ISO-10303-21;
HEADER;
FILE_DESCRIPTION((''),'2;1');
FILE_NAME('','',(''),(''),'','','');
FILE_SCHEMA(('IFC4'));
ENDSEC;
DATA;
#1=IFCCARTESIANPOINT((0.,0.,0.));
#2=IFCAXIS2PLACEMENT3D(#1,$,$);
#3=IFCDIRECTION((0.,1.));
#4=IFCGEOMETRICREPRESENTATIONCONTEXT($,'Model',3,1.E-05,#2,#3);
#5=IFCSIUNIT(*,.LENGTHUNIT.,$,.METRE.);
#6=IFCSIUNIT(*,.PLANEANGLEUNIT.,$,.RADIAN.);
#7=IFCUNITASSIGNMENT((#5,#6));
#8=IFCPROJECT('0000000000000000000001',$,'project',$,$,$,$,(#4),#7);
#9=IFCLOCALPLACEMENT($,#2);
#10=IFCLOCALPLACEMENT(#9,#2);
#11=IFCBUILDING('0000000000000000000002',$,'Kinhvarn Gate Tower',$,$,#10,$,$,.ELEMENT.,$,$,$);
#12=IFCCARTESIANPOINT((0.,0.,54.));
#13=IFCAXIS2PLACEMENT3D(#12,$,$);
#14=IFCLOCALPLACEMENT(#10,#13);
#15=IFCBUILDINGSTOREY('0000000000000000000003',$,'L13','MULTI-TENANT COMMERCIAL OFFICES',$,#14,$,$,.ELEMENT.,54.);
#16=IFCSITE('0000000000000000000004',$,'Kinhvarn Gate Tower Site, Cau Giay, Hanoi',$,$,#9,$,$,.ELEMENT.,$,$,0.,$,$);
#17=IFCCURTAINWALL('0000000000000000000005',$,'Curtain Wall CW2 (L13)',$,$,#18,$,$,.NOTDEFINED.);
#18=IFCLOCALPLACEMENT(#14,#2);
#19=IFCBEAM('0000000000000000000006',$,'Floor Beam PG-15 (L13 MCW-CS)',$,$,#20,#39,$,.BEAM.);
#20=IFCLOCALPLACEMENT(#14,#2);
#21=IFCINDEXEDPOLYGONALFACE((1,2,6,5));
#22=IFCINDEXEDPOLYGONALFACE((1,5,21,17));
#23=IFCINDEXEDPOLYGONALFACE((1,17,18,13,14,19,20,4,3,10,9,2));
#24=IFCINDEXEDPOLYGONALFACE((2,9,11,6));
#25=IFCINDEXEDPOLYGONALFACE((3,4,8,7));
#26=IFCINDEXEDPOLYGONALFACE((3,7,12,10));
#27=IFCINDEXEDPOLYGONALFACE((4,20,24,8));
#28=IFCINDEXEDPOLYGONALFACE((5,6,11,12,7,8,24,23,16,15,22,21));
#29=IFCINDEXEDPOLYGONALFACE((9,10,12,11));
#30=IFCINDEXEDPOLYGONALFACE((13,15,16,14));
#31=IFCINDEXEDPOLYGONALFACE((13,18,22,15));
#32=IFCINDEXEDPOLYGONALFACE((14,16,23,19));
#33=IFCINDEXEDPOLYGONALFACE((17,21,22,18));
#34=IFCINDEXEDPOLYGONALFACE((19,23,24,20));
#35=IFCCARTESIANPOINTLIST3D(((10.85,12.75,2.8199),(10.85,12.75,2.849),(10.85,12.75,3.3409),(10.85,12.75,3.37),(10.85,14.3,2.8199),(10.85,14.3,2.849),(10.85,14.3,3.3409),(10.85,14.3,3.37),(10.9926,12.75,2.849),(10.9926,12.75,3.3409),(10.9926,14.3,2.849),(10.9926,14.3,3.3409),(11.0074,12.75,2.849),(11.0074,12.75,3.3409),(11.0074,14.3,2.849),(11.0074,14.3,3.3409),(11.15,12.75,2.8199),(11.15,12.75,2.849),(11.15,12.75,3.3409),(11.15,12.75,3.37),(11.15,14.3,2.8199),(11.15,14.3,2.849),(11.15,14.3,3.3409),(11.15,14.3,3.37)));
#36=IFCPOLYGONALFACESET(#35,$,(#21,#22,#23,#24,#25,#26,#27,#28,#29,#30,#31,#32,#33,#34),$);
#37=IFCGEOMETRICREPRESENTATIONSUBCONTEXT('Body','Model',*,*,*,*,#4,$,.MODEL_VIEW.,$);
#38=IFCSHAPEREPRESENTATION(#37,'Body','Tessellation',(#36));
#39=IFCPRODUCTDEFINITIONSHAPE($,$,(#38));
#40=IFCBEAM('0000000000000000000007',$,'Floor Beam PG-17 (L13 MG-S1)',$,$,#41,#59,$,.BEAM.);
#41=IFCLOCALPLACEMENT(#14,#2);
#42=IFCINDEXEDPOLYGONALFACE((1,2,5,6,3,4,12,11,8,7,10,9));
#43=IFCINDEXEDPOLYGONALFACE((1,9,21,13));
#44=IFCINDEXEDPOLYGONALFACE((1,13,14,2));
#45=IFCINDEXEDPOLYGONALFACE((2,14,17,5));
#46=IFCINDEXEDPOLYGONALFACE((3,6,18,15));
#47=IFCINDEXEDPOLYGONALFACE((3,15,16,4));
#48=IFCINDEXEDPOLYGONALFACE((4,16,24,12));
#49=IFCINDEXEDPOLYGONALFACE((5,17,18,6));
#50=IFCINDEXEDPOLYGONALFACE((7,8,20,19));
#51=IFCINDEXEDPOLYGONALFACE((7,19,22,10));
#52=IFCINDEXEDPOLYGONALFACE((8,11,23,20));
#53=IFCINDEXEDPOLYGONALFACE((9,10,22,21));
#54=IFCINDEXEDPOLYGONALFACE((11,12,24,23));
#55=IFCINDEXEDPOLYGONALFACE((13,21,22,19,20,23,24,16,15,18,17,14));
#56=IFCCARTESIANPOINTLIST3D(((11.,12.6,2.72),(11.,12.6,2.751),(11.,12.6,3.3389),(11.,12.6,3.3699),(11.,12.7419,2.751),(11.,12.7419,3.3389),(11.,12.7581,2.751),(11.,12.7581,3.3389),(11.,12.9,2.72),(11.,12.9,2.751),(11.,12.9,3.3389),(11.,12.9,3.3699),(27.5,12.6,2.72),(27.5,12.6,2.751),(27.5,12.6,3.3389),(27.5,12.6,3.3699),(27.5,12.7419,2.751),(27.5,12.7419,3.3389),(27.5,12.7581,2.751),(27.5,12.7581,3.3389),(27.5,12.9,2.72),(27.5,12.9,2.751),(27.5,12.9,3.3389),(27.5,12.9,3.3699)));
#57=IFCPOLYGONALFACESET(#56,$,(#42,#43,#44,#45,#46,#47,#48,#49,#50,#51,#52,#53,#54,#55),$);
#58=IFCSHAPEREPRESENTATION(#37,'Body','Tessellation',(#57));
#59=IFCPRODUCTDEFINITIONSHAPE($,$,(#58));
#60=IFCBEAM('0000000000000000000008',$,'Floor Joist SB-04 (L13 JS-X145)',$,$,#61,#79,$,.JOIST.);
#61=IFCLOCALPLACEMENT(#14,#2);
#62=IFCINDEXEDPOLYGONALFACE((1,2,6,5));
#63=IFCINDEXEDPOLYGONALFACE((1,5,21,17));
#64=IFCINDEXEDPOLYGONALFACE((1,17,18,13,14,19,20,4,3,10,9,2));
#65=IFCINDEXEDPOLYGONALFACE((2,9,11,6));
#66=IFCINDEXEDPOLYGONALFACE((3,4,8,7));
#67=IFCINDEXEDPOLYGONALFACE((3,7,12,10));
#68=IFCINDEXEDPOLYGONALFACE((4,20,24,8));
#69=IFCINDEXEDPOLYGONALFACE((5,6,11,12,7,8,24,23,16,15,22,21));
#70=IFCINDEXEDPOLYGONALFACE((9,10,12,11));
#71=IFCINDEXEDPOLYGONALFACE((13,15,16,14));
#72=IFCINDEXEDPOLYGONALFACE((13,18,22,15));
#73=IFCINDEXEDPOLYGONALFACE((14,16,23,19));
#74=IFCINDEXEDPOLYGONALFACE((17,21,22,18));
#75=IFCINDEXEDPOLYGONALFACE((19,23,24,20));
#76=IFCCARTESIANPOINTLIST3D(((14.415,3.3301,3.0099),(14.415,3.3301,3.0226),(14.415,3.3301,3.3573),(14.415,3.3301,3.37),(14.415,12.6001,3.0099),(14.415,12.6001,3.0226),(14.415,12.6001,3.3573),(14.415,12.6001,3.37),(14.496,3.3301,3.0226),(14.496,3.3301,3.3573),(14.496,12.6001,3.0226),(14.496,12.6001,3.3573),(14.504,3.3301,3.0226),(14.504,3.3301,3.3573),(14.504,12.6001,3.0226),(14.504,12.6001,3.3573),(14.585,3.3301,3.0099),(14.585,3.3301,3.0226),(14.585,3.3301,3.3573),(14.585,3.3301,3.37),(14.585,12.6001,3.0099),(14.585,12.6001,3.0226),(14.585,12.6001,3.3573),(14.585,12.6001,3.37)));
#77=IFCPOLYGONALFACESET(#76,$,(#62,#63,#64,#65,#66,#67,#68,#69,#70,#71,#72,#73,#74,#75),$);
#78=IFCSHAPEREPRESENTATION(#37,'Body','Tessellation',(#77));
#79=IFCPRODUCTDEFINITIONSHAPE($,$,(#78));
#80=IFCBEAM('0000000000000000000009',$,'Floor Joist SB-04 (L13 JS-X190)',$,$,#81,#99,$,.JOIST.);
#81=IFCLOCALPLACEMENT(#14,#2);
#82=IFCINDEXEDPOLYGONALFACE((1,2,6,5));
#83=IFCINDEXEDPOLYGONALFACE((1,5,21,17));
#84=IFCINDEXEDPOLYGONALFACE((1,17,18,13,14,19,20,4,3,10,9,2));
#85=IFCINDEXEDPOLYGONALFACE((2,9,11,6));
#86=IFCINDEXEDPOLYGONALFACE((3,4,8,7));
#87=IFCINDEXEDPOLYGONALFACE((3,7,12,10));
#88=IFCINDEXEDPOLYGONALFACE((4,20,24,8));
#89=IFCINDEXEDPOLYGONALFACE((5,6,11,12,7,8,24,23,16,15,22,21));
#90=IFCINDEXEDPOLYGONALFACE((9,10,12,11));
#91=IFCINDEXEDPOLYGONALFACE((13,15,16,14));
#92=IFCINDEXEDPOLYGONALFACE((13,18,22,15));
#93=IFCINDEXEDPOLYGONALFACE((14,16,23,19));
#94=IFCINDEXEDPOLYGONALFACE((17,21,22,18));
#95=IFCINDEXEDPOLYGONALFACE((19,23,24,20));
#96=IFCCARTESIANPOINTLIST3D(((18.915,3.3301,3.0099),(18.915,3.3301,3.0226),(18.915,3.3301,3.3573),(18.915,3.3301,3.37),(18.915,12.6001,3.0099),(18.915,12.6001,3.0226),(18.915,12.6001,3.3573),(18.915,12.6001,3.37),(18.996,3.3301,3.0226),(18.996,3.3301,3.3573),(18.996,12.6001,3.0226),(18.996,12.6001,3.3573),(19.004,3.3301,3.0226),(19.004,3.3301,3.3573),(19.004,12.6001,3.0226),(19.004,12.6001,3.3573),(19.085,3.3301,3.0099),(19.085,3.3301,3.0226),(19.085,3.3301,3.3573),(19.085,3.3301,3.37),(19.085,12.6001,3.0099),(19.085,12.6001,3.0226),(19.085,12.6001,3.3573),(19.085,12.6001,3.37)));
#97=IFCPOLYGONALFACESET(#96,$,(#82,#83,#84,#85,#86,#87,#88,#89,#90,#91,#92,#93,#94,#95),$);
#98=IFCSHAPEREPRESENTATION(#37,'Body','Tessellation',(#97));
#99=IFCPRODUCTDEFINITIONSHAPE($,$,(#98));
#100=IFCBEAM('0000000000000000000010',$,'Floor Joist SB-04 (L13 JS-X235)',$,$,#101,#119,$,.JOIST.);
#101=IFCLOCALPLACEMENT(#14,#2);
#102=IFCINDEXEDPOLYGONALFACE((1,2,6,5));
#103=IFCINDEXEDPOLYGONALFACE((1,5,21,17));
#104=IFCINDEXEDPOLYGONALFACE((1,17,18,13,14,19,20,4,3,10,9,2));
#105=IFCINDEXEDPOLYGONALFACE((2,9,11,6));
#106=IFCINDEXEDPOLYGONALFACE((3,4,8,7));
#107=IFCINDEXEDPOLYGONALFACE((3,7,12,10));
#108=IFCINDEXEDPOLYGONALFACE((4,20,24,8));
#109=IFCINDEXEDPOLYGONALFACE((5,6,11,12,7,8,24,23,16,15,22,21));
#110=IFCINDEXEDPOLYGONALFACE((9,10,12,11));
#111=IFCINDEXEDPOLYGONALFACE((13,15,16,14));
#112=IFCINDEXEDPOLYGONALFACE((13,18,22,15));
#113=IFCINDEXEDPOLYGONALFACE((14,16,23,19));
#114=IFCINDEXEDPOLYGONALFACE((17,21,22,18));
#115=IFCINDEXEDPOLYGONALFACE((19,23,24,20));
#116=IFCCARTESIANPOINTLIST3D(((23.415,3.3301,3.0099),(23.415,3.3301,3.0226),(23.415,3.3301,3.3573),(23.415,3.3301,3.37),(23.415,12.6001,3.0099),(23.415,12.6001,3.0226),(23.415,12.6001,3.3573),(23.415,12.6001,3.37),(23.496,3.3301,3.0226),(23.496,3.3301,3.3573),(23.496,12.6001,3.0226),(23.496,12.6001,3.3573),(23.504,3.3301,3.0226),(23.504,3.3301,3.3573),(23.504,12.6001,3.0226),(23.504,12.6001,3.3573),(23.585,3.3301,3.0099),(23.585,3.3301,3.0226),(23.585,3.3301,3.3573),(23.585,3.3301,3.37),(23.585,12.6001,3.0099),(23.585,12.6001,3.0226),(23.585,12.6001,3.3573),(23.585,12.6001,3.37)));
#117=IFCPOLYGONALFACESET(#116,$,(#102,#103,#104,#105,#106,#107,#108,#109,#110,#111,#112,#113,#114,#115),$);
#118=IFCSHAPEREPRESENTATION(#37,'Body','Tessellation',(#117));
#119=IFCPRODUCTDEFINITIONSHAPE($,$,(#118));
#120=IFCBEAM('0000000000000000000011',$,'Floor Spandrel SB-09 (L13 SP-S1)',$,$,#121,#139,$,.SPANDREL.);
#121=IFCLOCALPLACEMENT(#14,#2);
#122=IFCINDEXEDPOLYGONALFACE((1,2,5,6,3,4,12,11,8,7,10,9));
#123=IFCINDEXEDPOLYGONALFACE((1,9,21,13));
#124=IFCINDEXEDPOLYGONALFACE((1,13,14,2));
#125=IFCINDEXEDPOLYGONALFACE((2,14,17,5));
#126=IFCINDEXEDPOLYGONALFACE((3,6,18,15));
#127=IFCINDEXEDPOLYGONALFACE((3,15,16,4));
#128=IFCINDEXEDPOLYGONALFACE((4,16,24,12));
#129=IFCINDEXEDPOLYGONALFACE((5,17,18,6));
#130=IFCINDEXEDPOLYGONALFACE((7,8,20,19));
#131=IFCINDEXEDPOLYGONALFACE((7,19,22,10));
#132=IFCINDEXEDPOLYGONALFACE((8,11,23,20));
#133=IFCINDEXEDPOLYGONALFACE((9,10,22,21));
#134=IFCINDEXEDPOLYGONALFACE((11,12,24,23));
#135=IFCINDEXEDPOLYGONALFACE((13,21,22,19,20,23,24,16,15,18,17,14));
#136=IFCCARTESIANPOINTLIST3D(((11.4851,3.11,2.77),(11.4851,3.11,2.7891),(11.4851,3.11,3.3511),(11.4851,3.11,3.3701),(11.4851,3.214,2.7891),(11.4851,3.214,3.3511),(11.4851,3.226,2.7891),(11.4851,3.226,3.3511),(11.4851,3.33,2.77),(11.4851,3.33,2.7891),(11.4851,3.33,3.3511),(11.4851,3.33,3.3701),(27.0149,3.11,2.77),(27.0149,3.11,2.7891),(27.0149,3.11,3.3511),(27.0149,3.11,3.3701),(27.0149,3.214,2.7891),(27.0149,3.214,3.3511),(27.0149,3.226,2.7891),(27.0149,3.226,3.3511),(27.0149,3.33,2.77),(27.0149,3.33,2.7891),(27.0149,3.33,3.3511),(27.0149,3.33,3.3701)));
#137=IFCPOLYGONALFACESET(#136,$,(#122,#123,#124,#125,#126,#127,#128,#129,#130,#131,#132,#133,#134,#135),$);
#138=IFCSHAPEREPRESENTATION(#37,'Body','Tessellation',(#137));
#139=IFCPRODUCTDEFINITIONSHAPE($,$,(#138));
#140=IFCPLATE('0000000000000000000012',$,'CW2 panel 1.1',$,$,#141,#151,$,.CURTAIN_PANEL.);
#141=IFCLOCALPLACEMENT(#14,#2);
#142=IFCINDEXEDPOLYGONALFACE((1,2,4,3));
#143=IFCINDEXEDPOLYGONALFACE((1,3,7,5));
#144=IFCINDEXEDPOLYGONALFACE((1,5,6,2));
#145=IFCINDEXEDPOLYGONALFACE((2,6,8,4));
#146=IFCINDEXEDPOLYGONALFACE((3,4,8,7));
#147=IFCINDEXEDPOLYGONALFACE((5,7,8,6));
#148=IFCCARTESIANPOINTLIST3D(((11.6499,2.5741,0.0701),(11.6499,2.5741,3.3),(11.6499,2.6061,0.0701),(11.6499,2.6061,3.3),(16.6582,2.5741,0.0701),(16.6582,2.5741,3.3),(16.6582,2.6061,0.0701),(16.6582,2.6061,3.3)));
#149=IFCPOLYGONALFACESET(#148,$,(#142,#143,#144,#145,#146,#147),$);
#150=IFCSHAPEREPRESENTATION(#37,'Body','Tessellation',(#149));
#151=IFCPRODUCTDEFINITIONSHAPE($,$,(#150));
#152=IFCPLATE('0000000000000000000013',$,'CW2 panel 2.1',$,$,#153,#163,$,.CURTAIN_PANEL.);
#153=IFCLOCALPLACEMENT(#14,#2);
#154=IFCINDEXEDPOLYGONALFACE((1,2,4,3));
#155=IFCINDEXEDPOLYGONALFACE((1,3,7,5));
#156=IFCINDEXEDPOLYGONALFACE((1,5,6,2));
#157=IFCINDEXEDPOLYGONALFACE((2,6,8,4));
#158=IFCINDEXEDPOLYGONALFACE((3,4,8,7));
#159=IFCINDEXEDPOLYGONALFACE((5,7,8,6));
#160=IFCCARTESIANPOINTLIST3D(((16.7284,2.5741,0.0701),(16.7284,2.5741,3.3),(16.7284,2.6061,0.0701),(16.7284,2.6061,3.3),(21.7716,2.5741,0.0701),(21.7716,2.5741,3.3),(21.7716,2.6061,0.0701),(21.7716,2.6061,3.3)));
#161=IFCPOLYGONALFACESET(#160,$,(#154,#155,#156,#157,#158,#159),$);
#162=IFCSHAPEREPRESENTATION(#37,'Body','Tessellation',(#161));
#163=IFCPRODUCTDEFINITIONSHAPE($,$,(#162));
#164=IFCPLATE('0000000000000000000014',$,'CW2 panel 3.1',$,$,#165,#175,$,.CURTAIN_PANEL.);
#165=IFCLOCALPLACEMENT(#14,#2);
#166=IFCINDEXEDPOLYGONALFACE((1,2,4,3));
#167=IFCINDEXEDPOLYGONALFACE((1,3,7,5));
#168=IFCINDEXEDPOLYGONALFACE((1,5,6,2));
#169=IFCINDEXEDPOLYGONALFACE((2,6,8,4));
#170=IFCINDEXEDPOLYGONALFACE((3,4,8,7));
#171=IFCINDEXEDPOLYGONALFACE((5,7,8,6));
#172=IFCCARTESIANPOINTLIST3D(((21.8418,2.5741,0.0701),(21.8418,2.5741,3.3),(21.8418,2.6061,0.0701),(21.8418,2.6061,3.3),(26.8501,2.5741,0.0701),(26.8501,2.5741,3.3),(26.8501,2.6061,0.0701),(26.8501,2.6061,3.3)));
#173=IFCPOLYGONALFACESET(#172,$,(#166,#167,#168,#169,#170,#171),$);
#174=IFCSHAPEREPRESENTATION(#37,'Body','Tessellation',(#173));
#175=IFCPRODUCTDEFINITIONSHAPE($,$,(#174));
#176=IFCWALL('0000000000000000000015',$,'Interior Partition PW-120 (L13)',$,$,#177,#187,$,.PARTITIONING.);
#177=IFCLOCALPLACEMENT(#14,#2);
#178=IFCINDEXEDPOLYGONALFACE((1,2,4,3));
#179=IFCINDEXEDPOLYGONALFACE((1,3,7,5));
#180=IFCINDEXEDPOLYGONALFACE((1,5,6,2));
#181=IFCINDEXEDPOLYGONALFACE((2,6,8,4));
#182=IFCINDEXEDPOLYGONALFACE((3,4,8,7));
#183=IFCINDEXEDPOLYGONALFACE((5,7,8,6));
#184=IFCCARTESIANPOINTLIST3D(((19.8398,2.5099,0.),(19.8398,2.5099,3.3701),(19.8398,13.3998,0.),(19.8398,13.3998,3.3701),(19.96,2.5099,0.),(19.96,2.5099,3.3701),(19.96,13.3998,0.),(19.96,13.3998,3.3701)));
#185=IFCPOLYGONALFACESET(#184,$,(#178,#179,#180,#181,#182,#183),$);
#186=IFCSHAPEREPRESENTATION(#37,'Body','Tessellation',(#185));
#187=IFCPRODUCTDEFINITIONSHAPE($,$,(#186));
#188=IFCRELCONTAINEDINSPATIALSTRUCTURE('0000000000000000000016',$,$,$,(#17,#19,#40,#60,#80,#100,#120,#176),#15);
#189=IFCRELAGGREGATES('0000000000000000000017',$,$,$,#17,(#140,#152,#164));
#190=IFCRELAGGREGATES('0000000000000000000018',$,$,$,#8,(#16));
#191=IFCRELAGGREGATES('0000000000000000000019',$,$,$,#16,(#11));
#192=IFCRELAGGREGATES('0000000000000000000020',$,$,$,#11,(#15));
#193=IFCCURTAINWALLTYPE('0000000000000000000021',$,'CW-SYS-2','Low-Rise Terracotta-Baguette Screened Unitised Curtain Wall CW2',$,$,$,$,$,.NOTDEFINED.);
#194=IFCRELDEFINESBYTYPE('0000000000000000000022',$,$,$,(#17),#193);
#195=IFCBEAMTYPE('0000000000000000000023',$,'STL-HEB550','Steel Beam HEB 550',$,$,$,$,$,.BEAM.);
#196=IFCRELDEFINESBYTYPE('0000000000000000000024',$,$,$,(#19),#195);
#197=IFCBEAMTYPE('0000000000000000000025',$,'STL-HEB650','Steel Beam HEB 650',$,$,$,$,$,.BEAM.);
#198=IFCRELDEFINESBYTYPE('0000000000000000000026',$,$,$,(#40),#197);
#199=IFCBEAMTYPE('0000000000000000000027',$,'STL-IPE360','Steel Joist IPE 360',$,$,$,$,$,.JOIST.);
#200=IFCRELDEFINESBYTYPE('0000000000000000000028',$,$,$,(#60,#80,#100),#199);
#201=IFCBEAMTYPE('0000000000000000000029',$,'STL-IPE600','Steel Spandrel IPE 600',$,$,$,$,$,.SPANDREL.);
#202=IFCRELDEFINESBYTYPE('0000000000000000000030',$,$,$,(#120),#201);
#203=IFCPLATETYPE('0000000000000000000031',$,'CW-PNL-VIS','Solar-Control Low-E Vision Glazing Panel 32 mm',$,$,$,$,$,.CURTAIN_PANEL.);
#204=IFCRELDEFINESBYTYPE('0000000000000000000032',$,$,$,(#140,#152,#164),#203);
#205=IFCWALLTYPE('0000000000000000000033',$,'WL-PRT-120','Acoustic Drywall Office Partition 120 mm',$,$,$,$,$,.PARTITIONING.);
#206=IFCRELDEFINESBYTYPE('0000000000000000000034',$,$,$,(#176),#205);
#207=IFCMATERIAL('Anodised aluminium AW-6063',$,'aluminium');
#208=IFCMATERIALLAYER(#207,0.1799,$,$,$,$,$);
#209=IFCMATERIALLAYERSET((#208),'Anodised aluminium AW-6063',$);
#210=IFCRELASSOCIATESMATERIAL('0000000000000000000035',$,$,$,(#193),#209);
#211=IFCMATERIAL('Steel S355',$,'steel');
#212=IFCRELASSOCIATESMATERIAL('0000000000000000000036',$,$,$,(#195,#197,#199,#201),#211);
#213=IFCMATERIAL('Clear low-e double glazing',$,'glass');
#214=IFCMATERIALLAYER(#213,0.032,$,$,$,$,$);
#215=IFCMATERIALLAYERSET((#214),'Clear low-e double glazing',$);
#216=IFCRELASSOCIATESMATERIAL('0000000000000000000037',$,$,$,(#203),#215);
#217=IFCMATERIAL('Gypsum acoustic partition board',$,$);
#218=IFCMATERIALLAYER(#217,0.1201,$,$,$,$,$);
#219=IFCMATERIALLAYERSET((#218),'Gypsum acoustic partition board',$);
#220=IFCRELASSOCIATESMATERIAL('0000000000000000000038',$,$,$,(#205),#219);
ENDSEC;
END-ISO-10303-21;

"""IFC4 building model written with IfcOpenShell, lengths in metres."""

from ifc_helpers import new_model, si_unit, direction, frame, frame_2d, origin, origin_2d, place, context, subcontext, project, spatial, rectangle, i_section, extrude, material, layer, layer_set, material_profile, profile_set, type_object, element, aggregate, save


model = new_model("IFC4")

# Units and contexts
model_context = context("Model", 3, precision=1e-05, world=origin(), true_north=direction((0.0, 1.0)))
body_context = subcontext(model_context, "Body", "Model", "MODEL_VIEW")
ifc_project = project(units=[si_unit("LENGTHUNIT", "METRE"), si_unit("PLANEANGLEUNIT", "RADIAN")], contexts=[model_context])

# Site, building, storey
site_placement = place(None, origin())
site = spatial("IfcSite", under=ifc_project, at=site_placement, Name="Kinhvarn Gate Tower Site, Cau Giay, Hanoi", CompositionType="ELEMENT", RefElevation=0.0)
building_placement = place(site_placement, origin())
building = spatial("IfcBuilding", under=site, at=building_placement, Name="Kinhvarn Gate Tower", CompositionType="ELEMENT")
storey_placement = place(building_placement, frame((0.0, 0.0, 54.0)))
storey = spatial("IfcBuildingStorey", under=building, at=storey_placement, Name="L13", Description="MULTI-TENANT COMMERCIAL OFFICES", CompositionType="ELEMENT", Elevation=54.0)

# Shared definitions
ifc_material_1 = material(Name="Anodised aluminium AW-6063", Category="aluminium")
ifc_layer_1 = layer(ifc_material_1, 0.1799)
ifc_layer_set_1 = layer_set([ifc_layer_1], Name="Anodised aluminium AW-6063")
curtain_wall_type = type_object("IfcCurtainWallType", Name="CW-SYS-2", Description="Low-Rise Terracotta-Baguette Screened Unitised Curtain Wall CW2", PredefinedType="NOTDEFINED", material=ifc_layer_set_1)

# Curtain wall
curtain_wall_1_placement = place(storey_placement, origin())
curtain_wall_1 = element("IfcCurtainWall", 1, at=curtain_wall_1_placement, inside=storey, type_object=curtain_wall_type, Name="Curtain Wall CW2 (L13)", PredefinedType="NOTDEFINED")

# Beams
ifc_material_2 = material(Name="Steel S355", Category="steel")
ifc_material_profile_1 = material_profile(ifc_material_2, i_section(OverallWidth=0.3, OverallDepth=0.55, WebThickness=0.0149, FlangeThickness=0.0291, at=origin_2d()), Name="HEB 550")
ifc_profile_set_1 = profile_set([ifc_material_profile_1], Name="Steel S355")
beam_type_1 = type_object("IfcBeamType", Name="STL-HEB550", Description="Steel Beam HEB 550", PredefinedType="BEAM", material=ifc_profile_set_1)
beam_1_placement = place(storey_placement, frame((11.0, 12.75, 3.095), z_axis=(0.0, 1.0, 0.0), x_axis=(-1.0, 0.0, 0.0)))
element("IfcBeam", 2, at=beam_1_placement, inside=storey, type_object=beam_type_1, Name="Floor Beam PG-15 (L13 MCW-CS)", PredefinedType="BEAM", context=body_context, shape_type="SweptSolid", body=[
    extrude(i_section(OverallWidth=0.3, OverallDepth=0.55, WebThickness=0.0149, FlangeThickness=0.0291, at=origin_2d()), origin(), (0.0, 0.0, 1.0), 1.55),
])
ifc_material_profile_2 = material_profile(ifc_material_2, i_section(OverallWidth=0.3, OverallDepth=0.6499, WebThickness=0.0161, FlangeThickness=0.031, at=origin_2d()), Name="HEB 650")
ifc_profile_set_2 = profile_set([ifc_material_profile_2], Name="Steel S355")
beam_type_2 = type_object("IfcBeamType", Name="STL-HEB650", Description="Steel Beam HEB 650", PredefinedType="BEAM", material=ifc_profile_set_2)
beam_2_placement = place(storey_placement, frame((11.0, 12.75, 3.0449), z_axis=(1.0, 0.0, 0.0), x_axis=(0.0, 1.0, 0.0)))
element("IfcBeam", 3, at=beam_2_placement, inside=storey, type_object=beam_type_2, Name="Floor Beam PG-17 (L13 MG-S1)", PredefinedType="BEAM", context=body_context, shape_type="SweptSolid", body=[
    extrude(i_section(OverallWidth=0.3, OverallDepth=0.6499, WebThickness=0.0161, FlangeThickness=0.031, at=origin_2d()), origin(), (0.0, 0.0, 1.0), 16.5),
])
ifc_material_profile_3 = material_profile(ifc_material_2, i_section(OverallWidth=0.1699, OverallDepth=0.3601, WebThickness=0.0081, FlangeThickness=0.0127, at=origin_2d()), Name="IPE 360")
ifc_profile_set_3 = profile_set([ifc_material_profile_3], Name="Steel S355")
beam_type_3 = type_object("IfcBeamType", Name="STL-IPE360", Description="Steel Joist IPE 360", PredefinedType="JOIST", material=ifc_profile_set_3)
for number, where, z_axis, x_axis, name in (
    (4, (14.5, 3.3301, 3.1899), (0.0, 1.0, 0.0), (-1.0, 0.0, 0.0), "Floor Joist SB-04 (L13 JS-X145)"),
    (5, (19.0, 3.3301, 3.1899), (0.0, 1.0, 0.0), (-1.0, 0.0, 0.0), "Floor Joist SB-04 (L13 JS-X190)"),
    (6, (23.5, 3.3301, 3.1899), (0.0, 1.0, 0.0), (-1.0, 0.0, 0.0), "Floor Joist SB-04 (L13 JS-X235)"),
):
    element("IfcBeam", number, at=place(storey_placement, frame(where, z_axis=z_axis, x_axis=x_axis)), inside=storey, type_object=beam_type_3, Name=name, PredefinedType="JOIST", context=body_context, shape_type="SweptSolid", body=[
        extrude(i_section(OverallWidth=0.1699, OverallDepth=0.3601, WebThickness=0.0081, FlangeThickness=0.0127, at=origin_2d()), origin(), (0.0, 0.0, 1.0), 9.27),
    ])
ifc_material_profile_4 = material_profile(ifc_material_2, i_section(OverallWidth=0.22, OverallDepth=0.6001, WebThickness=0.012, FlangeThickness=0.019, at=origin_2d()), Name="IPE 600")
ifc_profile_set_4 = profile_set([ifc_material_profile_4], Name="Steel S355")
beam_type_4 = type_object("IfcBeamType", Name="STL-IPE600", Description="Steel Spandrel IPE 600", PredefinedType="SPANDREL", material=ifc_profile_set_4)
beam_3_placement = place(storey_placement, frame((11.4851, 3.22, 3.0701), z_axis=(1.0, 0.0, 0.0), x_axis=(0.0, 1.0, 0.0)))
element("IfcBeam", 7, at=beam_3_placement, inside=storey, type_object=beam_type_4, Name="Floor Spandrel SB-09 (L13 SP-S1)", PredefinedType="SPANDREL", context=body_context, shape_type="SweptSolid", body=[
    extrude(i_section(OverallWidth=0.22, OverallDepth=0.6001, WebThickness=0.012, FlangeThickness=0.019, at=origin_2d()), origin(), (0.0, 0.0, 1.0), 15.5298),
])

# Plates
ifc_material_3 = material(Name="Clear low-e double glazing", Category="glass")
ifc_layer_2 = layer(ifc_material_3, 0.032)
ifc_layer_set_2 = layer_set([ifc_layer_2], Name="Clear low-e double glazing")
plate_type = type_object("IfcPlateType", Name="CW-PNL-VIS", Description="Solar-Control Low-E Vision Glazing Panel 32 mm", PredefinedType="CURTAIN_PANEL", material=ifc_layer_set_2)
plate_1_placement = place(storey_placement, frame((14.1541, 2.5901, 0.0701), z_axis=(0.0, 0.0, 1.0), x_axis=(1.0, 0.0, 0.0)))
plate_1 = element("IfcPlate", 8, at=plate_1_placement, type_object=plate_type, Name="CW2 panel 1.1", PredefinedType="CURTAIN_PANEL", context=body_context, shape_type="SweptSolid", body=[
    extrude(rectangle(XDim=5.0083, YDim=0.032, at=origin_2d()), origin(), (0.0, 0.0, 1.0), 3.23),
])
plate_2_placement = place(storey_placement, frame((19.25, 2.5901, 0.0701), z_axis=(0.0, 0.0, 1.0), x_axis=(1.0, 0.0, 0.0)))
plate_2 = element("IfcPlate", 9, at=plate_2_placement, type_object=plate_type, Name="CW2 panel 2.1", PredefinedType="CURTAIN_PANEL", context=body_context, shape_type="SweptSolid", body=[
    extrude(rectangle(XDim=5.0432, YDim=0.032, at=origin_2d()), origin(), (0.0, 0.0, 1.0), 3.23),
])
plate_3_placement = place(storey_placement, frame((24.3459, 2.5901, 0.0701), z_axis=(0.0, 0.0, 1.0), x_axis=(1.0, 0.0, 0.0)))
plate_3 = element("IfcPlate", 10, at=plate_3_placement, type_object=plate_type, Name="CW2 panel 3.1", PredefinedType="CURTAIN_PANEL", context=body_context, shape_type="SweptSolid", body=[
    extrude(rectangle(XDim=5.0083, YDim=0.032, at=origin_2d()), origin(), (0.0, 0.0, 1.0), 3.23),
])
aggregate(curtain_wall_1, [plate_1, plate_2, plate_3])

# Wall
ifc_material_4 = material(Name="Gypsum acoustic partition board")
ifc_layer_3 = layer(ifc_material_4, 0.1201)
ifc_layer_set_3 = layer_set([ifc_layer_3], Name="Gypsum acoustic partition board")
wall_type = type_object("IfcWallType", Name="WL-PRT-120", Description="Acoustic Drywall Office Partition 120 mm", PredefinedType="PARTITIONING", material=ifc_layer_set_3)
wall_placement = place(storey_placement, frame((19.8999, 2.51, 0.0), z_axis=(0.0, 0.0, 1.0), x_axis=(0.0, 1.0, 0.0)))
element("IfcWall", 11, at=wall_placement, inside=storey, type_object=wall_type, Name="Interior Partition PW-120 (L13)", PredefinedType="PARTITIONING", context=body_context, shape_type="SweptSolid", body=[
    extrude(rectangle(XDim=10.8899, YDim=0.1201, at=frame_2d((5.4448, 0.0))), origin(), (0.0, 0.0, 1.0), 3.3701),
])

save(model, "model.ifc")
